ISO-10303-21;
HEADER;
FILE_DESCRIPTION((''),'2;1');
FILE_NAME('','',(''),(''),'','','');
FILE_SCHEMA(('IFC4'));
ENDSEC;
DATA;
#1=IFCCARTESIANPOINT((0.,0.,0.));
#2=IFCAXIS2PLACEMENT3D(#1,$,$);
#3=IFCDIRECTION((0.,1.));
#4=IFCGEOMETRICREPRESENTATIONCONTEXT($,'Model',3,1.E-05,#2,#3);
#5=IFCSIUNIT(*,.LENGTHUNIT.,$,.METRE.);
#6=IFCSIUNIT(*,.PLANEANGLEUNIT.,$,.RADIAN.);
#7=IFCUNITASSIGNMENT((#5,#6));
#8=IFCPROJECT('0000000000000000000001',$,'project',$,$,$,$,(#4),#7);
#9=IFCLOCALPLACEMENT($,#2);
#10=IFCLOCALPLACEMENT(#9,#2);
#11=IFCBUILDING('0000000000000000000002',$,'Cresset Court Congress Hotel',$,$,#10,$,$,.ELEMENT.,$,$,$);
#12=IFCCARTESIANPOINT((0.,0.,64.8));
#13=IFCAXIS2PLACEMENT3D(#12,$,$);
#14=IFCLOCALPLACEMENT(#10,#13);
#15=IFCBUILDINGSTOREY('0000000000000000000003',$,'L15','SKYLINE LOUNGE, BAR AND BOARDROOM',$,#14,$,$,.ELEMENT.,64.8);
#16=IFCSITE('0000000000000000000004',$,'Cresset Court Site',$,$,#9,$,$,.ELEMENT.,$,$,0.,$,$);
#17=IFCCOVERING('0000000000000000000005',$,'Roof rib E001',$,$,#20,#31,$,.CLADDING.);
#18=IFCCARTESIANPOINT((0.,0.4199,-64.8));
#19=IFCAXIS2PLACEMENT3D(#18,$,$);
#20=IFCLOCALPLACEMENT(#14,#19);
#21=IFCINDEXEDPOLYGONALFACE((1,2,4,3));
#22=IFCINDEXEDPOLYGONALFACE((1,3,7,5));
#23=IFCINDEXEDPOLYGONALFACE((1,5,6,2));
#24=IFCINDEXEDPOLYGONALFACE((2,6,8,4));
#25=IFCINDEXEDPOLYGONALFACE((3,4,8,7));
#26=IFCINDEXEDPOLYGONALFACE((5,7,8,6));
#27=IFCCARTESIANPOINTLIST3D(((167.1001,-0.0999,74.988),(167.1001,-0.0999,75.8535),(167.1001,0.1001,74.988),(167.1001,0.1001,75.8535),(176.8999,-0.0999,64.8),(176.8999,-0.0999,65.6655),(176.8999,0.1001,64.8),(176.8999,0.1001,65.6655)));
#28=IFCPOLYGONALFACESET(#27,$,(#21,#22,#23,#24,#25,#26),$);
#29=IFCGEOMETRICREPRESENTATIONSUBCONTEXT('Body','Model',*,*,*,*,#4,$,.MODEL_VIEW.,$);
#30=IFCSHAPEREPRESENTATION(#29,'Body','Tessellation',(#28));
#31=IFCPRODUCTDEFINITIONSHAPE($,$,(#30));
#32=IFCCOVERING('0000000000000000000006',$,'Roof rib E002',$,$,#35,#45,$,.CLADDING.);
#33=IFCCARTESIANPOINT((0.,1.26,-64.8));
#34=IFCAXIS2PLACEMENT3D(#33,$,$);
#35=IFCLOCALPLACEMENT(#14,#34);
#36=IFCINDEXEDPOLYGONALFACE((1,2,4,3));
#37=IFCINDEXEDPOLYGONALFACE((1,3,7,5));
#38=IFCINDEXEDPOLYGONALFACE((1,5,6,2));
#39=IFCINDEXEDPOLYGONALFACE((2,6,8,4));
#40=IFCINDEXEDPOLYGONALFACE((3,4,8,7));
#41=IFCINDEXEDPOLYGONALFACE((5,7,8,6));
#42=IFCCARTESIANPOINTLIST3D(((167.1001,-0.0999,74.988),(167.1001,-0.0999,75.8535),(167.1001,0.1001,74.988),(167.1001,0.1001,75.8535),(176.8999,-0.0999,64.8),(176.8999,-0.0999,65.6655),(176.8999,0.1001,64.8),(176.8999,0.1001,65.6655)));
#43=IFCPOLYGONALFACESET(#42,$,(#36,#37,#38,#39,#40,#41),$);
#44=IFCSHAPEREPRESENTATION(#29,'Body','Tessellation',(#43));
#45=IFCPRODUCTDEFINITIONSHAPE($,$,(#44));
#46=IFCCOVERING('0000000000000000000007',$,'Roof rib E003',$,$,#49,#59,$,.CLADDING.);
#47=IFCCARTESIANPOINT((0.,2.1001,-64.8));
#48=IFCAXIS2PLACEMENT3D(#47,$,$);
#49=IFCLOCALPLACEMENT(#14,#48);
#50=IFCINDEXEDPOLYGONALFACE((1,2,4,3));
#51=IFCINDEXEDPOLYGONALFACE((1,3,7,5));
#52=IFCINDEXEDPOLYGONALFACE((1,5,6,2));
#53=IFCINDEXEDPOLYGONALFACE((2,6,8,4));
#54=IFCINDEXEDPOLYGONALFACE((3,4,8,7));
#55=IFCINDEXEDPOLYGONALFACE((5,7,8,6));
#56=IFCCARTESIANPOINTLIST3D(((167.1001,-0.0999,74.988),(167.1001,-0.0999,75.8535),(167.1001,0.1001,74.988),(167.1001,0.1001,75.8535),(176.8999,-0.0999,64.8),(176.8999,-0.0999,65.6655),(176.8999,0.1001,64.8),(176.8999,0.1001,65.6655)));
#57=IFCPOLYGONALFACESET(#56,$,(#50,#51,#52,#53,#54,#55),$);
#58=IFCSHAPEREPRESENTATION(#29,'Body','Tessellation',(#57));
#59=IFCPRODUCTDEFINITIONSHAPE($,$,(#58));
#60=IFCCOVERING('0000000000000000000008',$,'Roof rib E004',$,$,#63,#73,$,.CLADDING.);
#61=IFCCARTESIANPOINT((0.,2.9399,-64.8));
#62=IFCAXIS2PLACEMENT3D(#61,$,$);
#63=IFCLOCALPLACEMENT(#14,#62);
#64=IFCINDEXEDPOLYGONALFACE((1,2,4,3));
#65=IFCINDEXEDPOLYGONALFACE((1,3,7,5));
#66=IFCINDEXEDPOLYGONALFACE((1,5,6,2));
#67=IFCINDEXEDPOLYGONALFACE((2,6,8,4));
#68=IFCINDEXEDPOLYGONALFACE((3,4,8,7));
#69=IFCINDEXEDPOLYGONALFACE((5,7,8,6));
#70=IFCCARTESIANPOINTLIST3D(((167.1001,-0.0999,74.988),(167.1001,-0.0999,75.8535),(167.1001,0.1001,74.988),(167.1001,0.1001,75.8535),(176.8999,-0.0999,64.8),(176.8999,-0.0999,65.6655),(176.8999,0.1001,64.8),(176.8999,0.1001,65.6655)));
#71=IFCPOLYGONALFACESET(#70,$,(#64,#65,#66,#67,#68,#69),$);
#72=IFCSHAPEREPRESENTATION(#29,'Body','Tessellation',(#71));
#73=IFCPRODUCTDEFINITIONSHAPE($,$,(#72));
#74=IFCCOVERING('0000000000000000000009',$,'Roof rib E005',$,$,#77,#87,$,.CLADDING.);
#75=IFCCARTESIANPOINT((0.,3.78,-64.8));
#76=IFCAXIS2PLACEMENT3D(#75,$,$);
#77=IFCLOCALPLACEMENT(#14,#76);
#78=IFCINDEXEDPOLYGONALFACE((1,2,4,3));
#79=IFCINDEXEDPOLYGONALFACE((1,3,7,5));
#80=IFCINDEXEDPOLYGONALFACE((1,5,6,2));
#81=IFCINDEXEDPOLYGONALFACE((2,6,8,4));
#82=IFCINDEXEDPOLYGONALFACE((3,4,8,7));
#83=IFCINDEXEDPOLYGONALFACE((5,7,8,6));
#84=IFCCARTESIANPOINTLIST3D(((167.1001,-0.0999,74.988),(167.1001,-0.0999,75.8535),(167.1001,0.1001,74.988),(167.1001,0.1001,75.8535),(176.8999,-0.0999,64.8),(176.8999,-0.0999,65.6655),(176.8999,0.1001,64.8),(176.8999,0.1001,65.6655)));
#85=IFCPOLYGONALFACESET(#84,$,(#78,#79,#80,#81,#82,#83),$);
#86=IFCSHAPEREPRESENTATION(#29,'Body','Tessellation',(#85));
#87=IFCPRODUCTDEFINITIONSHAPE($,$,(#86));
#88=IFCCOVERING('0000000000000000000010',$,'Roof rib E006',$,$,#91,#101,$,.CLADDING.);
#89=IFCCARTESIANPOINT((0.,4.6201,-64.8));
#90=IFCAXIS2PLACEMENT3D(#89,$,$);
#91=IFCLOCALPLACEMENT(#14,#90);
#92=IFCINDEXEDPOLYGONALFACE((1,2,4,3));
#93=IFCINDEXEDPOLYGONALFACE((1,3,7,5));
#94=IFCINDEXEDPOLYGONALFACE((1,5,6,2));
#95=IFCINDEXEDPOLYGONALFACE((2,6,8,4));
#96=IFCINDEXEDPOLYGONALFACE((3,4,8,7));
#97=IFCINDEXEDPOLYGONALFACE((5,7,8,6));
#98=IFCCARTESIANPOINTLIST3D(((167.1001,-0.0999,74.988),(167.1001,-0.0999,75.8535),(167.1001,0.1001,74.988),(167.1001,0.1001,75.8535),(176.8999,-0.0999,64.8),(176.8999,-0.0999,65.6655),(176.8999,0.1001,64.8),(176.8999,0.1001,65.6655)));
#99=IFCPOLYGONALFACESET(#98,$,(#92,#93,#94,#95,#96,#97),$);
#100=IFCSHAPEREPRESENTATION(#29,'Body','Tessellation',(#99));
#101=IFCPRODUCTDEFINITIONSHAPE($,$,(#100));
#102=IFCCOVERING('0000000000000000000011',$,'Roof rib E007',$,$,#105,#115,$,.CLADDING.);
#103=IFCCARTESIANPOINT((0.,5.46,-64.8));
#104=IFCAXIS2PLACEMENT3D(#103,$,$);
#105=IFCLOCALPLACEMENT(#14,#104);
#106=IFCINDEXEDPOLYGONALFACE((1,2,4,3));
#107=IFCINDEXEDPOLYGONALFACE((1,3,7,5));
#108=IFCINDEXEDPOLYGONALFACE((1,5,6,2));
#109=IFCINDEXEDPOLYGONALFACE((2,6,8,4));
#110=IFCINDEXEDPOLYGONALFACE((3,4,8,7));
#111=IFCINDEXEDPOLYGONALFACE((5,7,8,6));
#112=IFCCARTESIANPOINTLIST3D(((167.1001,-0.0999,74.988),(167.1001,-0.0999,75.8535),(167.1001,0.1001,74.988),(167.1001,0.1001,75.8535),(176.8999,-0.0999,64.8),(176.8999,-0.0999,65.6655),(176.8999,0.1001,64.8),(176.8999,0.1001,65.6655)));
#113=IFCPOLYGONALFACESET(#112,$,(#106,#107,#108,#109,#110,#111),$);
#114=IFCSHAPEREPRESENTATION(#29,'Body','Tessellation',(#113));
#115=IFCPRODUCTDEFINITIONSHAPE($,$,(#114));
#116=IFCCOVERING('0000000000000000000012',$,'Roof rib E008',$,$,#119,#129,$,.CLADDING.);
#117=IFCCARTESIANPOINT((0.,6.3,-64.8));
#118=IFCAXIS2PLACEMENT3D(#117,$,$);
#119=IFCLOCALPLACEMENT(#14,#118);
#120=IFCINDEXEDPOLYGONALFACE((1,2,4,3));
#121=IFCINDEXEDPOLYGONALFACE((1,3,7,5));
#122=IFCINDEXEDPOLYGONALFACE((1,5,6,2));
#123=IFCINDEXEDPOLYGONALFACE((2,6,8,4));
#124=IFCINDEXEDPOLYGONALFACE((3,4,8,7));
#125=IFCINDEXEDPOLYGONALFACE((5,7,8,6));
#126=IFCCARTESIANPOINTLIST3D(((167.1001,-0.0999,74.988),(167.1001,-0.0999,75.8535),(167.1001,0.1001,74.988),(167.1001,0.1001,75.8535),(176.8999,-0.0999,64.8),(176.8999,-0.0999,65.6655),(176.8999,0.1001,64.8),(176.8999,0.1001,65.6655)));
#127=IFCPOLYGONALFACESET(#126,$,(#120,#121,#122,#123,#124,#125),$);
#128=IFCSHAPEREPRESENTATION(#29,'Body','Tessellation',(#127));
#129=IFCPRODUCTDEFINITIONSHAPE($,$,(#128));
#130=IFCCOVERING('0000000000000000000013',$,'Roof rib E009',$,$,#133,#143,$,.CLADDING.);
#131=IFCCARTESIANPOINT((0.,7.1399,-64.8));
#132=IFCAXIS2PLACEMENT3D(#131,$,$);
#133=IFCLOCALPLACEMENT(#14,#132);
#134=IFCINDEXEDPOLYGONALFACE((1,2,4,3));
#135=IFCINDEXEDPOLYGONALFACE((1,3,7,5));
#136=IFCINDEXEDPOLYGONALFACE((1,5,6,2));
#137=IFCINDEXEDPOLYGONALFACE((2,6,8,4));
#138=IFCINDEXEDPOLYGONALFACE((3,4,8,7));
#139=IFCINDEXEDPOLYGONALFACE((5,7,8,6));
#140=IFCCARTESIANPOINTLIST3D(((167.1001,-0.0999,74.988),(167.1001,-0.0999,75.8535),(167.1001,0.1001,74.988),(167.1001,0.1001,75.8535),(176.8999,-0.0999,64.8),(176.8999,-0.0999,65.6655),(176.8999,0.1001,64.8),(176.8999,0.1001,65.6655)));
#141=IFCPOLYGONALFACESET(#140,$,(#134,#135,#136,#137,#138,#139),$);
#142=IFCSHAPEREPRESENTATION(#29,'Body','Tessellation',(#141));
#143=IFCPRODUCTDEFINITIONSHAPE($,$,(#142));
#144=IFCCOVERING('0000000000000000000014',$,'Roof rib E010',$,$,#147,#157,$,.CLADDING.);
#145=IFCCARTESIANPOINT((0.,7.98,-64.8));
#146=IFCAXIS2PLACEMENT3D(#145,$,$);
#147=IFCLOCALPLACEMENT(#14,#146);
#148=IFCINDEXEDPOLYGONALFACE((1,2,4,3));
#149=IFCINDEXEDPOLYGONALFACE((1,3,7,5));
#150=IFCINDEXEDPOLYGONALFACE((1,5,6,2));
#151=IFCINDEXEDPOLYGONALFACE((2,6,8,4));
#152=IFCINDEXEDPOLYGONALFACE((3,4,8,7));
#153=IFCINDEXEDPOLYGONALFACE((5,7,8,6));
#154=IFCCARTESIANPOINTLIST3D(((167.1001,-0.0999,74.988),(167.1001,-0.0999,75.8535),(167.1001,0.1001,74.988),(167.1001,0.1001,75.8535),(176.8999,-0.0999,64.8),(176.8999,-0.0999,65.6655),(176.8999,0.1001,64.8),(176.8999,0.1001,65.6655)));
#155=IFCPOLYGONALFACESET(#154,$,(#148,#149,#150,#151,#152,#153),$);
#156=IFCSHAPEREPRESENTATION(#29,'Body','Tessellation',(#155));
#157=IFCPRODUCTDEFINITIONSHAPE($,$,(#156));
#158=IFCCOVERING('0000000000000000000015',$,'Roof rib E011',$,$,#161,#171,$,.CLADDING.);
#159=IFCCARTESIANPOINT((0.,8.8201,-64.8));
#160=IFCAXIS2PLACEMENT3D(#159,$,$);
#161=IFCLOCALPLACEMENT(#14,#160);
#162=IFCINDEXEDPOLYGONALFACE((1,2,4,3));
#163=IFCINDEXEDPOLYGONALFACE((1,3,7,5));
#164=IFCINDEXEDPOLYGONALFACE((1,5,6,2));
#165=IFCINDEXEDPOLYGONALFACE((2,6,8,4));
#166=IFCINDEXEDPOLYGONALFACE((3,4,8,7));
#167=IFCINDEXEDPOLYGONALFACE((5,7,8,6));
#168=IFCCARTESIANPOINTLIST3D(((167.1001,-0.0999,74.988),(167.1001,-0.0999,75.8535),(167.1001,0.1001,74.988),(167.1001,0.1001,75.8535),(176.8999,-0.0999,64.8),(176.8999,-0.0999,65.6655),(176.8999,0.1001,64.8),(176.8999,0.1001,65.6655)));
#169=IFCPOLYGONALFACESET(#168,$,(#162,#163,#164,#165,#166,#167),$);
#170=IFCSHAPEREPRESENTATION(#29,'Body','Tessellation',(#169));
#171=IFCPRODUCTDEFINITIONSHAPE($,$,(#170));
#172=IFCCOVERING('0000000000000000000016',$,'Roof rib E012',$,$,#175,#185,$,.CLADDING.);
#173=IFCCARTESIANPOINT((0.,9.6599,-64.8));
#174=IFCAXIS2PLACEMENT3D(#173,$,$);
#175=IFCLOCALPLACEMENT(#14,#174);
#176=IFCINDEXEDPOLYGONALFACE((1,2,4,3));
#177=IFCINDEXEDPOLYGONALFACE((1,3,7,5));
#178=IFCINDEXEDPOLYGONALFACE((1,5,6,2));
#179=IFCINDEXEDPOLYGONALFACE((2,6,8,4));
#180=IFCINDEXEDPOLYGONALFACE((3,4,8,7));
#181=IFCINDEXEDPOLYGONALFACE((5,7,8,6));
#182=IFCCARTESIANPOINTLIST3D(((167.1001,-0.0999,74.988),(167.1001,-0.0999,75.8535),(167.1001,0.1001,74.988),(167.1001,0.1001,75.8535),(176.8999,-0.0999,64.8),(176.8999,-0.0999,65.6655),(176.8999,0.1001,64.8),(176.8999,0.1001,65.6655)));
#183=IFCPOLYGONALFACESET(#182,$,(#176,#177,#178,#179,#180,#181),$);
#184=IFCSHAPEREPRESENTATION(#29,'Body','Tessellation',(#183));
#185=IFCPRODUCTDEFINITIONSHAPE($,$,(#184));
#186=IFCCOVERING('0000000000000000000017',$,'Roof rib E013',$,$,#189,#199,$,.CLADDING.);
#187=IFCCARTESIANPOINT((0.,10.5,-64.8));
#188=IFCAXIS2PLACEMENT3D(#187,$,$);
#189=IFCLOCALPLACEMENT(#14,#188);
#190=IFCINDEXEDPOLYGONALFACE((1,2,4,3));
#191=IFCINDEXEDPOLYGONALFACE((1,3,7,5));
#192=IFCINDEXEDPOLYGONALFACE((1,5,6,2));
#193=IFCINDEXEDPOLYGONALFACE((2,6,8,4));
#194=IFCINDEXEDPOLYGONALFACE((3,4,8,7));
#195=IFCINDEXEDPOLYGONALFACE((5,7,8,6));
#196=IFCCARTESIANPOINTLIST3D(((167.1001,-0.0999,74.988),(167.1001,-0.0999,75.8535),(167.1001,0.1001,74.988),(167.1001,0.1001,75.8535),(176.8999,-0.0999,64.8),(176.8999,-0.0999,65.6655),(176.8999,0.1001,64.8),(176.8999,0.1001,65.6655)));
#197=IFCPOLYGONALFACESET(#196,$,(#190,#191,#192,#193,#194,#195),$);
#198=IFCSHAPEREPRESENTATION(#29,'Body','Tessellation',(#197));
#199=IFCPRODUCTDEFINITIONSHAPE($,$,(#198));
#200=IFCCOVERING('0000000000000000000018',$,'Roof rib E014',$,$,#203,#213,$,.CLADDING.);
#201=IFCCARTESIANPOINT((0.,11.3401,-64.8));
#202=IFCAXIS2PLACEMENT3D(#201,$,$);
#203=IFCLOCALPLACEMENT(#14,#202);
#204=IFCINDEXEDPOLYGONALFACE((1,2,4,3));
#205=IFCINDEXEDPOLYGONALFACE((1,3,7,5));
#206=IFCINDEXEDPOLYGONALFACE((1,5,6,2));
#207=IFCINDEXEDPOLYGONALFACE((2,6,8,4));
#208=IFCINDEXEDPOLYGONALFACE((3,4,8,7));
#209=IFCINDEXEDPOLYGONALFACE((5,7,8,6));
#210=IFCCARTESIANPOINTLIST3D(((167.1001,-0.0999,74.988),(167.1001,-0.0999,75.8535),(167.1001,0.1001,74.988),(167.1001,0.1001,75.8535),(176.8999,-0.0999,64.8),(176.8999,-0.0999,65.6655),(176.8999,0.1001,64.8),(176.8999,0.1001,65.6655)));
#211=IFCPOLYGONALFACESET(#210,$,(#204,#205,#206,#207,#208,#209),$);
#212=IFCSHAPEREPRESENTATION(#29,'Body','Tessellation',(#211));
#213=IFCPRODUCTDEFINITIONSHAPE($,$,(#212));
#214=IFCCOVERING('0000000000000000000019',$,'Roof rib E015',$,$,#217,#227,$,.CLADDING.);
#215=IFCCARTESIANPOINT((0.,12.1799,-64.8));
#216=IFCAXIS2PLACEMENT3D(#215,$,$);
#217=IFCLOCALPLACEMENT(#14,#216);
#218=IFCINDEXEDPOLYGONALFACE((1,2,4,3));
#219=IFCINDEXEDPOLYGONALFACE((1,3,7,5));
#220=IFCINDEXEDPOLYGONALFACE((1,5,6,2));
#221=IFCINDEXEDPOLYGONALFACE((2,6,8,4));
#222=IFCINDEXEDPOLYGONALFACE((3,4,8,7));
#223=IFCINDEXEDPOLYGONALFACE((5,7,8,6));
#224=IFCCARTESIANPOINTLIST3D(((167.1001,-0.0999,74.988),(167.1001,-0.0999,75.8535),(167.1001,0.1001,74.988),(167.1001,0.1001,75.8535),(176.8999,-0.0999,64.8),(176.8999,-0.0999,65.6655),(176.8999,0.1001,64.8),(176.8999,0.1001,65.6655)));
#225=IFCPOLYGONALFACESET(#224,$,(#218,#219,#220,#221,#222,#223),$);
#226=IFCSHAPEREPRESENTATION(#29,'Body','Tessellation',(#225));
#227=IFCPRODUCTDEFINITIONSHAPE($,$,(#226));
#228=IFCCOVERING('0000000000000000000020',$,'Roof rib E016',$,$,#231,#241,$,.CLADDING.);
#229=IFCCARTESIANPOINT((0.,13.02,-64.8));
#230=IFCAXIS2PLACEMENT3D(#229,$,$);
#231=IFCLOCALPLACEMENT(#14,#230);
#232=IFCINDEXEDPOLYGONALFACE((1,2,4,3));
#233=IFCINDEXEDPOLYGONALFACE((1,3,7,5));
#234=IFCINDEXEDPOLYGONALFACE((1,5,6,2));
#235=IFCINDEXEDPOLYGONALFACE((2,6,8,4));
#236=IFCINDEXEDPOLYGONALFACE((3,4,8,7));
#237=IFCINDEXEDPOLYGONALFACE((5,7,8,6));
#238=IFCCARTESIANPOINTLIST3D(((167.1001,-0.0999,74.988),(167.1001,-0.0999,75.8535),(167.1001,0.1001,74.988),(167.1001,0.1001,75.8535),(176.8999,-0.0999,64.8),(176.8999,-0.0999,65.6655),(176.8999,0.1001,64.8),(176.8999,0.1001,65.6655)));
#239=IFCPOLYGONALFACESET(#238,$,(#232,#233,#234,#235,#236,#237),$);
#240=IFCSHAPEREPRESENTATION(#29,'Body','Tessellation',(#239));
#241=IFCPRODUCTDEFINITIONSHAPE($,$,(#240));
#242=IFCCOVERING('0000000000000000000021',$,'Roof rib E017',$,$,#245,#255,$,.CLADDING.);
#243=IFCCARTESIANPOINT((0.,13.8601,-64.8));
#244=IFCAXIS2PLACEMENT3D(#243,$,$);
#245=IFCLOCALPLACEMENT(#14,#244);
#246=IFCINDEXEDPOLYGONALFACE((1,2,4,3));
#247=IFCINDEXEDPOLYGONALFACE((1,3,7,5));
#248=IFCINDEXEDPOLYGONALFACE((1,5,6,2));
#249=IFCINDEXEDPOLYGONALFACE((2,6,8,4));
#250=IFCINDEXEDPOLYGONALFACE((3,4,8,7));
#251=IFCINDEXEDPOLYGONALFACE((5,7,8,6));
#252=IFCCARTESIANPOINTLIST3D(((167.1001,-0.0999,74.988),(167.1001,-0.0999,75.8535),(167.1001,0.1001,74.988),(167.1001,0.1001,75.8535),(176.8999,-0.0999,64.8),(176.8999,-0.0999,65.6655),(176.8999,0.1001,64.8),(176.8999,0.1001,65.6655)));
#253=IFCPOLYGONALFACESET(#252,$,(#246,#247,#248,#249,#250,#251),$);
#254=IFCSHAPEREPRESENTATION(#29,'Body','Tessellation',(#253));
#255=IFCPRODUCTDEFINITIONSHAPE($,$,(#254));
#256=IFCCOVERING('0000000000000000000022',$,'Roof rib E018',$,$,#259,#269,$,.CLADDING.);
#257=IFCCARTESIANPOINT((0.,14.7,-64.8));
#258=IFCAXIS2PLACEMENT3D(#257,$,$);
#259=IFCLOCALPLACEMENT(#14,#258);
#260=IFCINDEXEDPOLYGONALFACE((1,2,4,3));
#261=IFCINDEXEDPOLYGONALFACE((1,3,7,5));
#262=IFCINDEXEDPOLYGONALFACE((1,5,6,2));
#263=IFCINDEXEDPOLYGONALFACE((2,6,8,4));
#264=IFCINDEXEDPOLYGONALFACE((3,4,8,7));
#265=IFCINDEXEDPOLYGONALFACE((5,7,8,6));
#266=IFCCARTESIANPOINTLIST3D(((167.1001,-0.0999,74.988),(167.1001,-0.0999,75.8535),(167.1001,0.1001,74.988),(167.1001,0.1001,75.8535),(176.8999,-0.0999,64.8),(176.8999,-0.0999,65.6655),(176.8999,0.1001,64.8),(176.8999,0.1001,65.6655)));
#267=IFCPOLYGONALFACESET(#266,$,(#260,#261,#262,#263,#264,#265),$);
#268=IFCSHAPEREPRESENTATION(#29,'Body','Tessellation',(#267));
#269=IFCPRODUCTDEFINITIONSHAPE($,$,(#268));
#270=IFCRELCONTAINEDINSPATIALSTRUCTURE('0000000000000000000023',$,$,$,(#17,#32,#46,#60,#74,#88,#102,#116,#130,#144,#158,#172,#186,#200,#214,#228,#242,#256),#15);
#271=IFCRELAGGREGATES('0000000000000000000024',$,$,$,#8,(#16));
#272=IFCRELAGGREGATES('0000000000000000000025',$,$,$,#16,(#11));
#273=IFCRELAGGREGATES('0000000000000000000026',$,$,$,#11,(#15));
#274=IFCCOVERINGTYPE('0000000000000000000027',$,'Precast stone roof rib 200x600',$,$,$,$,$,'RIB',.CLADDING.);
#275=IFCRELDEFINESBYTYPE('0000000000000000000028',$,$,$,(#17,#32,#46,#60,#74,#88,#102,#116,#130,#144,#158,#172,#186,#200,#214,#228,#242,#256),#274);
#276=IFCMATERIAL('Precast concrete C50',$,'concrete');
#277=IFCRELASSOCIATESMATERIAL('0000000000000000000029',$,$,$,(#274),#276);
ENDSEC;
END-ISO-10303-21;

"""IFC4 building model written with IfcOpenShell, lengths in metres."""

from ifc_helpers import new_model, si_unit, direction, frame, origin, place, context, subcontext, project, spatial, polyline, outline, extrude, material, type_object, element, save


model = new_model("IFC4")

# Units and contexts
model_context = context("Model", 3, precision=1e-05, world=origin(), true_north=direction((0.0, 1.0)))
body_context = subcontext(model_context, "Body", "Model", "MODEL_VIEW")
ifc_project = project(units=[si_unit("LENGTHUNIT", "METRE"), si_unit("PLANEANGLEUNIT", "RADIAN")], contexts=[model_context])

# Site, building, storey
site_placement = place(None, origin())
site = spatial("IfcSite", under=ifc_project, at=site_placement, Name="Cresset Court Site", CompositionType="ELEMENT", RefElevation=0.0)
building_placement = place(site_placement, origin())
building = spatial("IfcBuilding", under=site, at=building_placement, Name="Cresset Court Congress Hotel", CompositionType="ELEMENT")
storey_placement = place(building_placement, frame((0.0, 0.0, 64.8)))
storey = spatial("IfcBuildingStorey", under=building, at=storey_placement, Name="L15", Description="SKYLINE LOUNGE, BAR AND BOARDROOM", CompositionType="ELEMENT", Elevation=64.8)

# Coverings
ifc_material = material(Name="Precast concrete C50", Category="concrete")
covering_type = type_object("IfcCoveringType", Name="Precast stone roof rib 200x600", ElementType="RIB", PredefinedType="CLADDING", material=ifc_material)
for number, where, name in (
    (1, (0.0, 0.4199, -64.8), "Roof rib E001"),
    (2, (0.0, 1.26, -64.8), "Roof rib E002"),
    (3, (0.0, 2.1001, -64.8), "Roof rib E003"),
    (4, (0.0, 2.9399, -64.8), "Roof rib E004"),
    (5, (0.0, 3.78, -64.8), "Roof rib E005"),
    (6, (0.0, 4.6201, -64.8), "Roof rib E006"),
    (7, (0.0, 5.46, -64.8), "Roof rib E007"),
    (8, (0.0, 6.3, -64.8), "Roof rib E008"),
    (9, (0.0, 7.1399, -64.8), "Roof rib E009"),
    (10, (0.0, 7.98, -64.8), "Roof rib E010"),
    (11, (0.0, 8.8201, -64.8), "Roof rib E011"),
    (12, (0.0, 9.6599, -64.8), "Roof rib E012"),
    (13, (0.0, 10.5, -64.8), "Roof rib E013"),
    (14, (0.0, 11.3401, -64.8), "Roof rib E014"),
    (15, (0.0, 12.1799, -64.8), "Roof rib E015"),
    (16, (0.0, 13.02, -64.8), "Roof rib E016"),
    (17, (0.0, 13.8601, -64.8), "Roof rib E017"),
    (18, (0.0, 14.7, -64.8), "Roof rib E018"),
):
    element("IfcCovering", number, at=place(storey_placement, frame(where)), inside=storey, type_object=covering_type, Name=name, PredefinedType="CLADDING", context=body_context, shape_type="SweptSolid", body=[
        extrude(outline(polyline([(167.1001, 74.988), (176.8999, 64.8), (176.8999, 65.6655), (167.1001, 75.8535), (167.1001, 74.988)])), frame((0.0, 0.1001, 0.0), z_axis=(0.0, -1.0, 0.0), x_axis=(1.0, 0.0, 0.0)), (0.0, 0.0, 1.0), 0.2),
    ])

save(model, "model.ifc")
